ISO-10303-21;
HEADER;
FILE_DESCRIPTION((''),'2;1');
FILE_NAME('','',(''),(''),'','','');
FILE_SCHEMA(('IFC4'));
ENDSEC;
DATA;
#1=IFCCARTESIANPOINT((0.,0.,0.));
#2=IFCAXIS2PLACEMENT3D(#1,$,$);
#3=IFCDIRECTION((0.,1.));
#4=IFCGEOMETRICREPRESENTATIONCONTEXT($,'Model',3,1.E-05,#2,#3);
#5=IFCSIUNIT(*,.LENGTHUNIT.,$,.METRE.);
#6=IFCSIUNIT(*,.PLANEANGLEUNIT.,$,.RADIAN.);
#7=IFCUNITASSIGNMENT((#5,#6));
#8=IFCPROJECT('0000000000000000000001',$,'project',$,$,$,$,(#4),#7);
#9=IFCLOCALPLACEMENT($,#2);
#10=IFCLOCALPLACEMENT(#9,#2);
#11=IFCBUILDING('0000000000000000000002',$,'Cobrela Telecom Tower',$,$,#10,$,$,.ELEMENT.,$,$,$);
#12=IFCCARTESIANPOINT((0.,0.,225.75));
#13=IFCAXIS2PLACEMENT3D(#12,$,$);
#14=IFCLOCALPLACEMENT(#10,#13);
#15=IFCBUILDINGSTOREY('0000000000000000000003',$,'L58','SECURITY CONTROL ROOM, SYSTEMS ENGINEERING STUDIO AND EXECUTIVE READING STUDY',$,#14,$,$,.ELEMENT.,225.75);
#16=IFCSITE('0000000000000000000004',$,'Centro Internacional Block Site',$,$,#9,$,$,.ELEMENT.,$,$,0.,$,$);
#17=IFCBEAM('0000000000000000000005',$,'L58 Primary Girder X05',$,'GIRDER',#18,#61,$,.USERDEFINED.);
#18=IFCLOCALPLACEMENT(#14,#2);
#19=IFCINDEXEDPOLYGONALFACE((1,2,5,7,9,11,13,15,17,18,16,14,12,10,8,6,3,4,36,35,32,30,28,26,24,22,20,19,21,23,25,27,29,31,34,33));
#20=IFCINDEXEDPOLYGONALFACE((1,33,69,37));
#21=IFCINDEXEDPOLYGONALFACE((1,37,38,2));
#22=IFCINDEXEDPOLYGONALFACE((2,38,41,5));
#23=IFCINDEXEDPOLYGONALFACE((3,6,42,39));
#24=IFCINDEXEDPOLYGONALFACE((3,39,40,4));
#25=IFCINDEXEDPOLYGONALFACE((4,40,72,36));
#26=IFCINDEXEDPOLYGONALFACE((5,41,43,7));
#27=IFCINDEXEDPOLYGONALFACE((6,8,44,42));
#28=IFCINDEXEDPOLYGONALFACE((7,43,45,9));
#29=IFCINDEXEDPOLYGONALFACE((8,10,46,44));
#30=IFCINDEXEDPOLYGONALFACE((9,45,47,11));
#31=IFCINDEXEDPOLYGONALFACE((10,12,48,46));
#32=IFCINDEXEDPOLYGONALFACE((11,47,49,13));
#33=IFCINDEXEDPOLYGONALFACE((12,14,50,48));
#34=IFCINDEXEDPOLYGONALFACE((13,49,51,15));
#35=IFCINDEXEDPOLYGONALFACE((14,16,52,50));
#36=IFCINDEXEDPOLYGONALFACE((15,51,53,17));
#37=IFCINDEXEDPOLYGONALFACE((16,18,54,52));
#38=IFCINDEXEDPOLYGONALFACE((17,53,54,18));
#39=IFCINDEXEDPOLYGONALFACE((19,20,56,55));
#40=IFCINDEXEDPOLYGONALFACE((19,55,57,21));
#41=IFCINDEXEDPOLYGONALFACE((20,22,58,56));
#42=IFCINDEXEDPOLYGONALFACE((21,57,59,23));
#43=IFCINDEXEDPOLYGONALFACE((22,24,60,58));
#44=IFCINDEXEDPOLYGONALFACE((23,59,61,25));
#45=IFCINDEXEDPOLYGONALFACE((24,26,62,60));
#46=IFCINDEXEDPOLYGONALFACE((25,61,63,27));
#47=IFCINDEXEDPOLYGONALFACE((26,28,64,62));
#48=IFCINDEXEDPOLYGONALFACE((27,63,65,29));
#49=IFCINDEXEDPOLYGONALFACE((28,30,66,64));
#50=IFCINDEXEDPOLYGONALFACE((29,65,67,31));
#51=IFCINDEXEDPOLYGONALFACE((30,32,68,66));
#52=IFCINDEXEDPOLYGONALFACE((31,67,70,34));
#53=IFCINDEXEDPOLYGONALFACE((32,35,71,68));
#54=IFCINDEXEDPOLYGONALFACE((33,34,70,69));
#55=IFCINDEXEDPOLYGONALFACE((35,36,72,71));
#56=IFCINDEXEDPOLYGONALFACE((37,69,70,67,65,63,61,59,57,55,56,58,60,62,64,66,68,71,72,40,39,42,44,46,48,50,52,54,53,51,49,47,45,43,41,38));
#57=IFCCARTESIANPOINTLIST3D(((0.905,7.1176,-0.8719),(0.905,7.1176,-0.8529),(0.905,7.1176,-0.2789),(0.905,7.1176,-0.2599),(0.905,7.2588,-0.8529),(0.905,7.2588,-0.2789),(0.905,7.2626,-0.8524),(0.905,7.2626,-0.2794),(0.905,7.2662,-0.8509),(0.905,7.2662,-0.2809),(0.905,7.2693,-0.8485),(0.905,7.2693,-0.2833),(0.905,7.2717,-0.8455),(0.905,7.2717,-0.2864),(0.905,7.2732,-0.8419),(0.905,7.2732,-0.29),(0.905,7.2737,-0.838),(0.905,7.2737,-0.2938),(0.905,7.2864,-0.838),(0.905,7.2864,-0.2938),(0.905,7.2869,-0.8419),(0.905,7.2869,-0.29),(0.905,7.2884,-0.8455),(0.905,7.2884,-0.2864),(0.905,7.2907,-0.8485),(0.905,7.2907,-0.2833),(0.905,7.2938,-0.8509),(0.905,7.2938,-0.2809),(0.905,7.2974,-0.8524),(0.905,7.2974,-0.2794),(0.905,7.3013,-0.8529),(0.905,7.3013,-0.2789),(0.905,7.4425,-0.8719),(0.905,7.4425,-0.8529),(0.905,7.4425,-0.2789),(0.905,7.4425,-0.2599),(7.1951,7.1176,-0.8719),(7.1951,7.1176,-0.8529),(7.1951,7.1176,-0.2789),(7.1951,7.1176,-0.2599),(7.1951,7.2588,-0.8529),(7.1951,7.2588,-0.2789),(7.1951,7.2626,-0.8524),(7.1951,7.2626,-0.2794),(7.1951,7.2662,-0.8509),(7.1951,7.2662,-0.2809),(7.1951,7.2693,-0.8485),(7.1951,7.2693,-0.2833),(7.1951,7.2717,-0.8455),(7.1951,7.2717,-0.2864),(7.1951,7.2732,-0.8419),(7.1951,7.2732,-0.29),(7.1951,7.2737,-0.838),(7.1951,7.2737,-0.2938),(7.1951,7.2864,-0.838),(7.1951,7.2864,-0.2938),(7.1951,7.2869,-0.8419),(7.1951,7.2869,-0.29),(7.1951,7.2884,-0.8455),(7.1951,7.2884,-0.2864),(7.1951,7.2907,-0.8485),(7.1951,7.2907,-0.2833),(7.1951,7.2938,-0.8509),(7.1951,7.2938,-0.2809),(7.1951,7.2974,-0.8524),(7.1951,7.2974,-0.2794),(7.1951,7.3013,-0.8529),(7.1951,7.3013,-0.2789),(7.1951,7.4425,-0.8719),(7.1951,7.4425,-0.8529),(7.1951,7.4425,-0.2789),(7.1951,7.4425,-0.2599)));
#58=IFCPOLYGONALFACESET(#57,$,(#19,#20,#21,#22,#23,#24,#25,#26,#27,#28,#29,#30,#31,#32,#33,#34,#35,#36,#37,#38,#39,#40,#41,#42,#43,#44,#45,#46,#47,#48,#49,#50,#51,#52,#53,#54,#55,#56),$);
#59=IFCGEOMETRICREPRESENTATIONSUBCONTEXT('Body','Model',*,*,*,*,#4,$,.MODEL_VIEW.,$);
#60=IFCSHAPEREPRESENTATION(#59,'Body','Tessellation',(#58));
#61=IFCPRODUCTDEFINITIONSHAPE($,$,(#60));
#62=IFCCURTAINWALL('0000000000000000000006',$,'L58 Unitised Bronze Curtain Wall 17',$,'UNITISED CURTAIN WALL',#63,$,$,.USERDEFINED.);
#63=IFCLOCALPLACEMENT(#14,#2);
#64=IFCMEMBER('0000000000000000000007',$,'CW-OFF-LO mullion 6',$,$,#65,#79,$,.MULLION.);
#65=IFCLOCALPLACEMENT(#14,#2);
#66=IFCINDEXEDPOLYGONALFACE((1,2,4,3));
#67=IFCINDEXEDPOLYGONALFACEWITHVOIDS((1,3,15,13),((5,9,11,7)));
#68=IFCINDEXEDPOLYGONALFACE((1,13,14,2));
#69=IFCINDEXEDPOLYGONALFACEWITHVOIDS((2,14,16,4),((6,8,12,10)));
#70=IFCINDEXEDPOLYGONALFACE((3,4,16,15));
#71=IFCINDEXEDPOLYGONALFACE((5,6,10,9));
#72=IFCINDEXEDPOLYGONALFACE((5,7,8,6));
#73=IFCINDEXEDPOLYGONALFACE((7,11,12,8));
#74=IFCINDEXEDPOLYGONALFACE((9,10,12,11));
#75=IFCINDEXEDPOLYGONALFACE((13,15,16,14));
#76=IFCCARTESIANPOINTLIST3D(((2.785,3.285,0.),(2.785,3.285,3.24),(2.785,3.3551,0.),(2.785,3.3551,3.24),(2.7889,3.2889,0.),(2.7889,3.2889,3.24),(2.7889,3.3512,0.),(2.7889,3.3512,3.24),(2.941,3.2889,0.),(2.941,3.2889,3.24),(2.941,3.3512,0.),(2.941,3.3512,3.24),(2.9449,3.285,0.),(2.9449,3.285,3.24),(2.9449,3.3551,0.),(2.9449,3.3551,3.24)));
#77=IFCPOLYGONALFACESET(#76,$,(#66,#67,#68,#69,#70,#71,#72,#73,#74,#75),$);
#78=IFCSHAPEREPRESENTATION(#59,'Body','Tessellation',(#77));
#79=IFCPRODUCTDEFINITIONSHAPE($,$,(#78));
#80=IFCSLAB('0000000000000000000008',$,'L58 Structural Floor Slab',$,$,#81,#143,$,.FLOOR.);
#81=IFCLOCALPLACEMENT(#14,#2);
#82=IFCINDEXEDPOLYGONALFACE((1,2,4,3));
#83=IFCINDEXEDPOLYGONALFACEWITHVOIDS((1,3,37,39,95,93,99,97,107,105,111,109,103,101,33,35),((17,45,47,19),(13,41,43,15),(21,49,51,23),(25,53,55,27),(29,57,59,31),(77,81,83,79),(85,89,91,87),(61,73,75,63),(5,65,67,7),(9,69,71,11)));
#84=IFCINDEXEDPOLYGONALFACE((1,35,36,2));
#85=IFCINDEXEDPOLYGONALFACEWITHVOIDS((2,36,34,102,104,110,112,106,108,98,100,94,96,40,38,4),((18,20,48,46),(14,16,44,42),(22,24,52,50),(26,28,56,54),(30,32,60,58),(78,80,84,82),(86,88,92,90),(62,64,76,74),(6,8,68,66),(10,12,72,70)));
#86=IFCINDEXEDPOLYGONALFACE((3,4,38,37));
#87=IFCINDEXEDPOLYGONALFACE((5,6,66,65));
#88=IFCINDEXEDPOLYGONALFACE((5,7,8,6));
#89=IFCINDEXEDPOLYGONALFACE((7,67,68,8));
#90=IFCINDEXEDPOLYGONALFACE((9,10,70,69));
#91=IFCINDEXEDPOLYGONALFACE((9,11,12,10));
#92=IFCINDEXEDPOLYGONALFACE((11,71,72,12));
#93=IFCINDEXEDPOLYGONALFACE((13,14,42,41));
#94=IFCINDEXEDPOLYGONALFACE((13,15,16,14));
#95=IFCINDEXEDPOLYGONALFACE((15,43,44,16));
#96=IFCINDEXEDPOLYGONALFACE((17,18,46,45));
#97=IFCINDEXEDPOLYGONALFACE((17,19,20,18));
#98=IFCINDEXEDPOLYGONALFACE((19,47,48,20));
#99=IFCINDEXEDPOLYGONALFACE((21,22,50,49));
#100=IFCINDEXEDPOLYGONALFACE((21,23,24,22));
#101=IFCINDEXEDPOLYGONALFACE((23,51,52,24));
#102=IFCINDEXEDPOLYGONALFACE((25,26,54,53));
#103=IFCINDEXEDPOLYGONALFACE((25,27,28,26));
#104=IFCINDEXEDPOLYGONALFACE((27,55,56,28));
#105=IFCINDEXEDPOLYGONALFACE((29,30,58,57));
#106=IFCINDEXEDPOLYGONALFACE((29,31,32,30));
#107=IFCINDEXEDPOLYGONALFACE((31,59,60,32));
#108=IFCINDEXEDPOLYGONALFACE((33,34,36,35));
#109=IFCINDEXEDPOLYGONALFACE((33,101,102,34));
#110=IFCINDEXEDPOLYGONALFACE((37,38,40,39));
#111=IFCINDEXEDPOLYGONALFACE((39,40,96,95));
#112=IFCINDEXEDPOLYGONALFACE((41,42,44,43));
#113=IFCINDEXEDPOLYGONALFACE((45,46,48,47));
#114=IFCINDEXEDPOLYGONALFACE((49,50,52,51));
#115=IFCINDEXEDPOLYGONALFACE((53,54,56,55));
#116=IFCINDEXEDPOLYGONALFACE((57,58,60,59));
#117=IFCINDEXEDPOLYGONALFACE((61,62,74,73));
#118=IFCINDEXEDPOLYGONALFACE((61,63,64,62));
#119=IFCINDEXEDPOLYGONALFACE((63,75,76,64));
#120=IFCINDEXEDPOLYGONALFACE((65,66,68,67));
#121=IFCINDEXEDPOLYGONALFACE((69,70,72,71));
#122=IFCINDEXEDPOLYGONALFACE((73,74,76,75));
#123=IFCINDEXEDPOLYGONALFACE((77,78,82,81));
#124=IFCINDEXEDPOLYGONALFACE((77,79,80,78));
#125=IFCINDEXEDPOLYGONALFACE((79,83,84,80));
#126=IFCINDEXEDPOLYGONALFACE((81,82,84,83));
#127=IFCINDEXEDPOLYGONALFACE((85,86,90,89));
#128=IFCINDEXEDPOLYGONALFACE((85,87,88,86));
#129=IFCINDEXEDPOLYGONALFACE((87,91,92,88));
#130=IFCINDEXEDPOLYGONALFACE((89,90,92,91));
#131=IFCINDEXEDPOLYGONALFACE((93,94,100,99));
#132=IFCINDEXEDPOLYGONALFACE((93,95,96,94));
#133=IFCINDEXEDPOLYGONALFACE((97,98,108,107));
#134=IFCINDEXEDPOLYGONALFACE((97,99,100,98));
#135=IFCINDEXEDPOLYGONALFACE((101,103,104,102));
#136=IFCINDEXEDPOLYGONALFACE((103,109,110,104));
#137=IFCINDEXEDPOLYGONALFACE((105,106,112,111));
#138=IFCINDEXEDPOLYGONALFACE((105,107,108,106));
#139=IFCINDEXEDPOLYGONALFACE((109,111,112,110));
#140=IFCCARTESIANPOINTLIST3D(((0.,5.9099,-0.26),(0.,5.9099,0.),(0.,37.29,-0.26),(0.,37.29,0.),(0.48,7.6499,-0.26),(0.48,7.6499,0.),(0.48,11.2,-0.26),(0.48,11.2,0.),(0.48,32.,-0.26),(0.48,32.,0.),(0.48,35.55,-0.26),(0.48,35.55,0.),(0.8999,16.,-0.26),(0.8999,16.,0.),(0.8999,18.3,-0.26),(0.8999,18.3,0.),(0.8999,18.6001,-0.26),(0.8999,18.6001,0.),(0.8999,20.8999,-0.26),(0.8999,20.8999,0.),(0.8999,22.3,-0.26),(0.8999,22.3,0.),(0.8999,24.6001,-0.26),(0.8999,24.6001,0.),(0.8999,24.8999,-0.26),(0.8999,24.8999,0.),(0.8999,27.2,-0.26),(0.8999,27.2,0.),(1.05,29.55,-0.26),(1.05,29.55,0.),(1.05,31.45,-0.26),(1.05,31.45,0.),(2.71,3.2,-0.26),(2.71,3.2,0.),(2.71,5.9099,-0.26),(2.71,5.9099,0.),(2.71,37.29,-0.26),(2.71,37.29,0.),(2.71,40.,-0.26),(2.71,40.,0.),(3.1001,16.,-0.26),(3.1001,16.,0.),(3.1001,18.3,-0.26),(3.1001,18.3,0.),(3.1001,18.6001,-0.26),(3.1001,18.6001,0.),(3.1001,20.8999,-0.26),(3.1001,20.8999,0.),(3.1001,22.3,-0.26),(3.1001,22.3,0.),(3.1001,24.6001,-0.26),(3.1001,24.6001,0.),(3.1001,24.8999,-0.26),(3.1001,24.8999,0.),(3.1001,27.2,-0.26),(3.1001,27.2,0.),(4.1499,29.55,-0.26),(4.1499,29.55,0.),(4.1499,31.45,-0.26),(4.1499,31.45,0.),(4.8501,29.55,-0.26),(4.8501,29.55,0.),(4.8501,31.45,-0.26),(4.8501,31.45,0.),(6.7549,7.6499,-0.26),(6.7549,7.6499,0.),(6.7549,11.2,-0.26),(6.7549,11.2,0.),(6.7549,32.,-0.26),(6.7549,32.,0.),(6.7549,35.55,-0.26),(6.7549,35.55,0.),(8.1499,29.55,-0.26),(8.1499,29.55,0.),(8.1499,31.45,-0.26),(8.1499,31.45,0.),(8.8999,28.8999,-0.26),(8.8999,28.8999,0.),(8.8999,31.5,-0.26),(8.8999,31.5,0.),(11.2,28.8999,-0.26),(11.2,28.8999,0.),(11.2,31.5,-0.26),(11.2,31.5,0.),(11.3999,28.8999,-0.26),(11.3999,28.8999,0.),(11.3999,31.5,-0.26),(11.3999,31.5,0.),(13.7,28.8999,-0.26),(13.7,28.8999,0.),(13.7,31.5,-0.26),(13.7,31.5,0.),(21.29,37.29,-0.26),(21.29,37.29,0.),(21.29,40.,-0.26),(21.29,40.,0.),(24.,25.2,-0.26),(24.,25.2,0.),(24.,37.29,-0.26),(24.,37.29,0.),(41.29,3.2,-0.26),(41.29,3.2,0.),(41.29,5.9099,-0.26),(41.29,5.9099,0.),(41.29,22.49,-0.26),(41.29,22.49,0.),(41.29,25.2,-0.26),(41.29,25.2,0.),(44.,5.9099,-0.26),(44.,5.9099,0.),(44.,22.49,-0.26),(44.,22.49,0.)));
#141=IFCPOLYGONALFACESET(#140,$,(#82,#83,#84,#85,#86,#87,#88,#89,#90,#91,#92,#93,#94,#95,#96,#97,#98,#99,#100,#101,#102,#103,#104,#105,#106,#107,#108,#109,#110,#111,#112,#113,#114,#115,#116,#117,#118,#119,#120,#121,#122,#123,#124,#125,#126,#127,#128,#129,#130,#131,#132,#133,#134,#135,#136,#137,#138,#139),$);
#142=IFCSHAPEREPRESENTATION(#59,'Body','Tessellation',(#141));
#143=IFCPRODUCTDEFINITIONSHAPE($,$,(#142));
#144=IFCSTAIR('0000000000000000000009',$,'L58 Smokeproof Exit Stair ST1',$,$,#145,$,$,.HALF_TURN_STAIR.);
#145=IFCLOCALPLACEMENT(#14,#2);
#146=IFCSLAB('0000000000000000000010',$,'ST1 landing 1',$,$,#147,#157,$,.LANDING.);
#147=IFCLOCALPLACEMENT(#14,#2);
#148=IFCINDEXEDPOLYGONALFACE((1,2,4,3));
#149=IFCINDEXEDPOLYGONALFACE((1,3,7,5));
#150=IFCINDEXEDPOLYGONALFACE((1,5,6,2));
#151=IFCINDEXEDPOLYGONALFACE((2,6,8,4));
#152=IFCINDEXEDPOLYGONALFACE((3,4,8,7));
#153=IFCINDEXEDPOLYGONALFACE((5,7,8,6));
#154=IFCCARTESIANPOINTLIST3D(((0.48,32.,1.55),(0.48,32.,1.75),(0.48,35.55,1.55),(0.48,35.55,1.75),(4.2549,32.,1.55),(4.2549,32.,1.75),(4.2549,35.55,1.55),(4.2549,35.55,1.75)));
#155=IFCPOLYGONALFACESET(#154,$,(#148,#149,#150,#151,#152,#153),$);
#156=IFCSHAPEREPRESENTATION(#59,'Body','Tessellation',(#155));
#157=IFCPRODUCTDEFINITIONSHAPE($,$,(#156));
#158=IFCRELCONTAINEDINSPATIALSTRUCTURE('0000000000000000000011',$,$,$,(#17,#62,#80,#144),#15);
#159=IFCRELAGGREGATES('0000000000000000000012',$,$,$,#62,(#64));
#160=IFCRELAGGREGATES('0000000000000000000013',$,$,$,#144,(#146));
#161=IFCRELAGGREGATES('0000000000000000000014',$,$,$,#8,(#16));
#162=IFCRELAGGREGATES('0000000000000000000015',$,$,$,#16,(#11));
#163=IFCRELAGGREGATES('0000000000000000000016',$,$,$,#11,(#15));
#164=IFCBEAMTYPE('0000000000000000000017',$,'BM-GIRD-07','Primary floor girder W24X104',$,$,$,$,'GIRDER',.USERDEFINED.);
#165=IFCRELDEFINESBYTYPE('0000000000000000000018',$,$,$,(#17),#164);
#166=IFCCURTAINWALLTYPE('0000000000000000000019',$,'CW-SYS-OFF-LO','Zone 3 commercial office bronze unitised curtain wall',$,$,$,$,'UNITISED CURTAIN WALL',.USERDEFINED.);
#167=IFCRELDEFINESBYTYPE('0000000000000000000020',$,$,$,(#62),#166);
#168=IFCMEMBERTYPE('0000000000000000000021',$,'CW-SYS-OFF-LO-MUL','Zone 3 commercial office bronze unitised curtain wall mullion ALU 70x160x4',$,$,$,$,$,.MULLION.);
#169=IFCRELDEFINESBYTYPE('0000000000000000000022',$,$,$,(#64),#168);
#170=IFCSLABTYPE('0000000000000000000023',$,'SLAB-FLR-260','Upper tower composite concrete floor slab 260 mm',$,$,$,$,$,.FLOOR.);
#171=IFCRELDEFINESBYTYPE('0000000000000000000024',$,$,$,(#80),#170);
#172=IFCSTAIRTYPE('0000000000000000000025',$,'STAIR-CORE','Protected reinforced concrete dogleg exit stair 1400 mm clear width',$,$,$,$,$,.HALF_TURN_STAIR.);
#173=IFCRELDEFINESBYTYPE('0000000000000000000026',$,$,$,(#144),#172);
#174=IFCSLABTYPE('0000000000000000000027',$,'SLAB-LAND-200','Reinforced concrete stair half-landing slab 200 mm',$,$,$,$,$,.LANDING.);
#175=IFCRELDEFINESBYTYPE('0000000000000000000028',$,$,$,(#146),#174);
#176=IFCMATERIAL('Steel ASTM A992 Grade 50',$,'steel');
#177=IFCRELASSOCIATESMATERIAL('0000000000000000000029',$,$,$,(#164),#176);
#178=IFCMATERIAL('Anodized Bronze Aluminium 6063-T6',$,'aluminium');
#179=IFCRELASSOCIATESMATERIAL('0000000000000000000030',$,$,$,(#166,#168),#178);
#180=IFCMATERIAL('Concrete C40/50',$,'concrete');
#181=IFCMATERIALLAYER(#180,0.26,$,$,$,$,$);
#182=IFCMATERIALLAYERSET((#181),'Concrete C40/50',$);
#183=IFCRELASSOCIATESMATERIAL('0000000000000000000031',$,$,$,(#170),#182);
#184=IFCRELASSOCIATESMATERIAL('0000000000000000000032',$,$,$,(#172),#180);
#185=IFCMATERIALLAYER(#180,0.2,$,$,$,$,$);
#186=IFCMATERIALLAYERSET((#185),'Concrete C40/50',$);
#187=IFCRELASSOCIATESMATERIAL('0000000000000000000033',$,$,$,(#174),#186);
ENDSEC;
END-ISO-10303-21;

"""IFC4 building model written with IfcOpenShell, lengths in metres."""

from ifc_helpers import new_model, si_unit, direction, frame, origin, origin_2d, place, context, subcontext, project, spatial, polyline, hollow_rectangle, i_section, outline, extrude, material, layer, layer_set, material_profile, profile_set, type_object, element, aggregate, save


model = new_model("IFC4")

# Units and contexts
model_context = context("Model", 3, precision=1e-05, world=origin(), true_north=direction((0.0, 1.0)))
body_context = subcontext(model_context, "Body", "Model", "MODEL_VIEW")
ifc_project = project(units=[si_unit("LENGTHUNIT", "METRE"), si_unit("PLANEANGLEUNIT", "RADIAN")], contexts=[model_context])

# Site, building, storey
site_placement = place(None, origin())
site = spatial("IfcSite", under=ifc_project, at=site_placement, Name="Centro Internacional Block Site", CompositionType="ELEMENT", RefElevation=0.0)
building_placement = place(site_placement, origin())
building = spatial("IfcBuilding", under=site, at=building_placement, Name="Cobrela Telecom Tower", CompositionType="ELEMENT")
storey_placement = place(building_placement, frame((0.0, 0.0, 225.75)))
storey = spatial("IfcBuildingStorey", under=building, at=storey_placement, Name="L58", Description="SECURITY CONTROL ROOM, SYSTEMS ENGINEERING STUDIO AND EXECUTIVE READING STUDY", CompositionType="ELEMENT", Elevation=225.75)

# Beam
ifc_material_1 = material(Name="Steel ASTM A992 Grade 50", Category="steel")
ifc_material_profile_1 = material_profile(ifc_material_1, i_section(OverallWidth=0.325, OverallDepth=0.6121, WebThickness=0.0127, FlangeThickness=0.019, FilletRadius=0.0149, at=origin_2d()), Name="W24X104")
ifc_profile_set_1 = profile_set([ifc_material_profile_1], Name="Steel ASTM A992 Grade 50")
beam_type = type_object("IfcBeamType", Name="BM-GIRD-07", Description="Primary floor girder W24X104", ElementType="GIRDER", PredefinedType="USERDEFINED", material=ifc_profile_set_1)
beam_placement = place(storey_placement, frame((0.905, 7.28, -0.5659), z_axis=(1.0, 0.0, 0.0), x_axis=(0.0, 1.0, 0.0)))
element("IfcBeam", 1, at=beam_placement, inside=storey, type_object=beam_type, Name="L58 Primary Girder X05", ObjectType="GIRDER", PredefinedType="USERDEFINED", context=body_context, shape_type="SweptSolid", body=[
    extrude(i_section(OverallWidth=0.325, OverallDepth=0.6121, WebThickness=0.0127, FlangeThickness=0.019, FilletRadius=0.0149, at=origin_2d()), origin(), (0.0, 0.0, 1.0), 6.29),
])

# Curtain wall, member
ifc_material_2 = material(Name="Anodized Bronze Aluminium 6063-T6", Category="aluminium")
curtain_wall_type = type_object("IfcCurtainWallType", Name="CW-SYS-OFF-LO", Description="Zone 3 commercial office bronze unitised curtain wall", ElementType="UNITISED CURTAIN WALL", PredefinedType="USERDEFINED", material=ifc_material_2)
curtain_wall_placement = place(storey_placement, origin())
curtain_wall = element("IfcCurtainWall", 2, at=curtain_wall_placement, inside=storey, type_object=curtain_wall_type, Name="L58 Unitised Bronze Curtain Wall 17", ObjectType="UNITISED CURTAIN WALL", PredefinedType="USERDEFINED")
ifc_material_profile_2 = material_profile(ifc_material_2, hollow_rectangle(XDim=0.0701, YDim=0.1599, WallThickness=0.0039, at=origin_2d()), Name="ALU 70x160x4")
ifc_profile_set_2 = profile_set([ifc_material_profile_2], Name="Anodized Bronze Aluminium 6063-T6")
member_type = type_object("IfcMemberType", Name="CW-SYS-OFF-LO-MUL", Description="Zone 3 commercial office bronze unitised curtain wall mullion ALU 70x160x4", PredefinedType="MULLION", material=ifc_profile_set_2)
member_placement = place(storey_placement, frame((2.865, 3.3201, 0.0), z_axis=(0.0, 0.0, 1.0), x_axis=(0.0, -1.0, 0.0)))
member = element("IfcMember", 3, at=member_placement, type_object=member_type, Name="CW-OFF-LO mullion 6", PredefinedType="MULLION", context=body_context, shape_type="SweptSolid", body=[
    extrude(hollow_rectangle(XDim=0.0701, YDim=0.1599, WallThickness=0.0039, at=origin_2d()), origin(), (0.0, 0.0, 1.0), 3.24),
])
aggregate(curtain_wall, [member])

# Slab, openings
ifc_material_3 = material(Name="Concrete C40/50", Category="concrete")
ifc_layer_1 = layer(ifc_material_3, 0.26)
ifc_layer_set_1 = layer_set([ifc_layer_1], Name="Concrete C40/50")
slab_type_1 = type_object("IfcSlabType", Name="SLAB-FLR-260", Description="Upper tower composite concrete floor slab 260 mm", PredefinedType="FLOOR", material=ifc_layer_set_1)
slab_1_placement = place(storey_placement, frame((0.0, 0.0, -0.26)))
slab_1 = element("IfcSlab", 4, at=slab_1_placement, inside=storey, type_object=slab_type_1, Name="L58 Structural Floor Slab", PredefinedType="FLOOR", context=body_context, shape_type="SweptSolid", body=[
    extrude(outline(polyline([(2.71, 3.2), (41.29, 3.2), (41.29, 5.9099), (44.0, 5.9099), (44.0, 22.49), (41.29, 22.49), (41.29, 25.2), (24.0, 25.2), (24.0, 37.29), (21.29, 37.29), (21.29, 40.0), (2.71, 40.0), (2.71, 37.29), (0.0, 37.29), (0.0, 5.9099), (2.71, 5.9099), (2.71, 3.2)])), origin(), (0.0, 0.0, 1.0), 0.26),
])
opening_1_placement = place(slab_1_placement, frame((0.0, 0.0, -0.02)))
element("IfcOpeningElement", 5, at=opening_1_placement, cuts=slab_1, PredefinedType="OPENING", context=body_context, shape_type="SweptSolid", body=[
    extrude(outline(polyline([(8.8999, 28.8999), (11.2, 28.8999), (11.2, 31.5), (8.8999, 31.5), (8.8999, 28.8999)])), origin(), (0.0, 0.0, 1.0), 0.3),
])
opening_2_placement = place(slab_1_placement, frame((0.0, 0.0, -0.02)))
element("IfcOpeningElement", 6, at=opening_2_placement, cuts=slab_1, PredefinedType="OPENING", context=body_context, shape_type="SweptSolid", body=[
    extrude(outline(polyline([(11.3999, 28.8999), (13.7, 28.8999), (13.7, 31.5), (11.3999, 31.5), (11.3999, 28.8999)])), origin(), (0.0, 0.0, 1.0), 0.3),
])
opening_3_placement = place(slab_1_placement, frame((0.0, 0.0, -0.02)))
element("IfcOpeningElement", 7, at=opening_3_placement, cuts=slab_1, PredefinedType="OPENING", context=body_context, shape_type="SweptSolid", body=[
    extrude(outline(polyline([(0.8999, 16.0), (3.1001, 16.0), (3.1001, 18.3), (0.8999, 18.3), (0.8999, 16.0)])), origin(), (0.0, 0.0, 1.0), 0.3),
])
opening_4_placement = place(slab_1_placement, frame((0.0, 0.0, -0.02)))
element("IfcOpeningElement", 8, at=opening_4_placement, cuts=slab_1, PredefinedType="OPENING", context=body_context, shape_type="SweptSolid", body=[
    extrude(outline(polyline([(0.8999, 18.6001), (3.1001, 18.6001), (3.1001, 20.8999), (0.8999, 20.8999), (0.8999, 18.6001)])), origin(), (0.0, 0.0, 1.0), 0.3),
])
opening_5_placement = place(slab_1_placement, frame((0.0, 0.0, -0.02)))
element("IfcOpeningElement", 9, at=opening_5_placement, cuts=slab_1, PredefinedType="OPENING", context=body_context, shape_type="SweptSolid", body=[
    extrude(outline(polyline([(0.8999, 22.3), (3.1001, 22.3), (3.1001, 24.6001), (0.8999, 24.6001), (0.8999, 22.3)])), origin(), (0.0, 0.0, 1.0), 0.3),
])
opening_6_placement = place(slab_1_placement, frame((0.0, 0.0, -0.02)))
element("IfcOpeningElement", 10, at=opening_6_placement, cuts=slab_1, PredefinedType="OPENING", context=body_context, shape_type="SweptSolid", body=[
    extrude(outline(polyline([(0.8999, 24.8999), (3.1001, 24.8999), (3.1001, 27.2), (0.8999, 27.2), (0.8999, 24.8999)])), origin(), (0.0, 0.0, 1.0), 0.3),
])
opening_7_placement = place(slab_1_placement, frame((0.0, 0.0, -0.02)))
element("IfcOpeningElement", 11, at=opening_7_placement, cuts=slab_1, PredefinedType="OPENING", context=body_context, shape_type="SweptSolid", body=[
    extrude(outline(polyline([(1.05, 29.55), (4.1499, 29.55), (4.1499, 31.45), (1.05, 31.45), (1.05, 29.55)])), origin(), (0.0, 0.0, 1.0), 0.3),
])
opening_8_placement = place(slab_1_placement, frame((0.0, 0.0, -0.02)))
element("IfcOpeningElement", 12, at=opening_8_placement, cuts=slab_1, PredefinedType="OPENING", context=body_context, shape_type="SweptSolid", body=[
    extrude(outline(polyline([(4.8501, 29.55), (8.1499, 29.55), (8.1499, 31.45), (4.8501, 31.45), (4.8501, 29.55)])), origin(), (0.0, 0.0, 1.0), 0.3),
])
opening_9_placement = place(slab_1_placement, frame((0.0, 0.0, -0.02)))
element("IfcOpeningElement", 13, at=opening_9_placement, cuts=slab_1, PredefinedType="OPENING", context=body_context, shape_type="SweptSolid", body=[
    extrude(outline(polyline([(6.7549, 35.55), (0.48, 35.55), (0.48, 32.0), (6.7549, 32.0), (6.7549, 35.55)])), origin(), (0.0, 0.0, 1.0), 0.3),
])
opening_10_placement = place(slab_1_placement, frame((0.0, 0.0, -0.02)))
element("IfcOpeningElement", 14, at=opening_10_placement, cuts=slab_1, PredefinedType="OPENING", context=body_context, shape_type="SweptSolid", body=[
    extrude(outline(polyline([(6.7549, 11.2), (0.48, 11.2), (0.48, 7.6499), (6.7549, 7.6499), (6.7549, 11.2)])), origin(), (0.0, 0.0, 1.0), 0.3),
])

# Stair, slab
stair_type = type_object("IfcStairType", Name="STAIR-CORE", Description="Protected reinforced concrete dogleg exit stair 1400 mm clear width", PredefinedType="HALF_TURN_STAIR", material=ifc_material_3)
stair_1_placement = place(storey_placement, origin())
stair_1 = element("IfcStair", 15, at=stair_1_placement, inside=storey, type_object=stair_type, Name="L58 Smokeproof Exit Stair ST1", PredefinedType="HALF_TURN_STAIR")
ifc_layer_2 = layer(ifc_material_3, 0.2)
ifc_layer_set_2 = layer_set([ifc_layer_2], Name="Concrete C40/50")
slab_type_2 = type_object("IfcSlabType", Name="SLAB-LAND-200", Description="Reinforced concrete stair half-landing slab 200 mm", PredefinedType="LANDING", material=ifc_layer_set_2)
slab_2_placement = place(storey_placement, frame((0.0, 0.0, 1.55)))
slab_2 = element("IfcSlab", 16, at=slab_2_placement, type_object=slab_type_2, Name="ST1 landing 1", PredefinedType="LANDING", context=body_context, shape_type="SweptSolid", body=[
    extrude(outline(polyline([(4.2549, 35.55), (0.48, 35.55), (0.48, 32.0), (4.2549, 32.0), (4.2549, 35.55)])), origin(), (0.0, 0.0, 1.0), 0.2),
])
aggregate(stair_1, [slab_2])

save(model, "model.ifc")
